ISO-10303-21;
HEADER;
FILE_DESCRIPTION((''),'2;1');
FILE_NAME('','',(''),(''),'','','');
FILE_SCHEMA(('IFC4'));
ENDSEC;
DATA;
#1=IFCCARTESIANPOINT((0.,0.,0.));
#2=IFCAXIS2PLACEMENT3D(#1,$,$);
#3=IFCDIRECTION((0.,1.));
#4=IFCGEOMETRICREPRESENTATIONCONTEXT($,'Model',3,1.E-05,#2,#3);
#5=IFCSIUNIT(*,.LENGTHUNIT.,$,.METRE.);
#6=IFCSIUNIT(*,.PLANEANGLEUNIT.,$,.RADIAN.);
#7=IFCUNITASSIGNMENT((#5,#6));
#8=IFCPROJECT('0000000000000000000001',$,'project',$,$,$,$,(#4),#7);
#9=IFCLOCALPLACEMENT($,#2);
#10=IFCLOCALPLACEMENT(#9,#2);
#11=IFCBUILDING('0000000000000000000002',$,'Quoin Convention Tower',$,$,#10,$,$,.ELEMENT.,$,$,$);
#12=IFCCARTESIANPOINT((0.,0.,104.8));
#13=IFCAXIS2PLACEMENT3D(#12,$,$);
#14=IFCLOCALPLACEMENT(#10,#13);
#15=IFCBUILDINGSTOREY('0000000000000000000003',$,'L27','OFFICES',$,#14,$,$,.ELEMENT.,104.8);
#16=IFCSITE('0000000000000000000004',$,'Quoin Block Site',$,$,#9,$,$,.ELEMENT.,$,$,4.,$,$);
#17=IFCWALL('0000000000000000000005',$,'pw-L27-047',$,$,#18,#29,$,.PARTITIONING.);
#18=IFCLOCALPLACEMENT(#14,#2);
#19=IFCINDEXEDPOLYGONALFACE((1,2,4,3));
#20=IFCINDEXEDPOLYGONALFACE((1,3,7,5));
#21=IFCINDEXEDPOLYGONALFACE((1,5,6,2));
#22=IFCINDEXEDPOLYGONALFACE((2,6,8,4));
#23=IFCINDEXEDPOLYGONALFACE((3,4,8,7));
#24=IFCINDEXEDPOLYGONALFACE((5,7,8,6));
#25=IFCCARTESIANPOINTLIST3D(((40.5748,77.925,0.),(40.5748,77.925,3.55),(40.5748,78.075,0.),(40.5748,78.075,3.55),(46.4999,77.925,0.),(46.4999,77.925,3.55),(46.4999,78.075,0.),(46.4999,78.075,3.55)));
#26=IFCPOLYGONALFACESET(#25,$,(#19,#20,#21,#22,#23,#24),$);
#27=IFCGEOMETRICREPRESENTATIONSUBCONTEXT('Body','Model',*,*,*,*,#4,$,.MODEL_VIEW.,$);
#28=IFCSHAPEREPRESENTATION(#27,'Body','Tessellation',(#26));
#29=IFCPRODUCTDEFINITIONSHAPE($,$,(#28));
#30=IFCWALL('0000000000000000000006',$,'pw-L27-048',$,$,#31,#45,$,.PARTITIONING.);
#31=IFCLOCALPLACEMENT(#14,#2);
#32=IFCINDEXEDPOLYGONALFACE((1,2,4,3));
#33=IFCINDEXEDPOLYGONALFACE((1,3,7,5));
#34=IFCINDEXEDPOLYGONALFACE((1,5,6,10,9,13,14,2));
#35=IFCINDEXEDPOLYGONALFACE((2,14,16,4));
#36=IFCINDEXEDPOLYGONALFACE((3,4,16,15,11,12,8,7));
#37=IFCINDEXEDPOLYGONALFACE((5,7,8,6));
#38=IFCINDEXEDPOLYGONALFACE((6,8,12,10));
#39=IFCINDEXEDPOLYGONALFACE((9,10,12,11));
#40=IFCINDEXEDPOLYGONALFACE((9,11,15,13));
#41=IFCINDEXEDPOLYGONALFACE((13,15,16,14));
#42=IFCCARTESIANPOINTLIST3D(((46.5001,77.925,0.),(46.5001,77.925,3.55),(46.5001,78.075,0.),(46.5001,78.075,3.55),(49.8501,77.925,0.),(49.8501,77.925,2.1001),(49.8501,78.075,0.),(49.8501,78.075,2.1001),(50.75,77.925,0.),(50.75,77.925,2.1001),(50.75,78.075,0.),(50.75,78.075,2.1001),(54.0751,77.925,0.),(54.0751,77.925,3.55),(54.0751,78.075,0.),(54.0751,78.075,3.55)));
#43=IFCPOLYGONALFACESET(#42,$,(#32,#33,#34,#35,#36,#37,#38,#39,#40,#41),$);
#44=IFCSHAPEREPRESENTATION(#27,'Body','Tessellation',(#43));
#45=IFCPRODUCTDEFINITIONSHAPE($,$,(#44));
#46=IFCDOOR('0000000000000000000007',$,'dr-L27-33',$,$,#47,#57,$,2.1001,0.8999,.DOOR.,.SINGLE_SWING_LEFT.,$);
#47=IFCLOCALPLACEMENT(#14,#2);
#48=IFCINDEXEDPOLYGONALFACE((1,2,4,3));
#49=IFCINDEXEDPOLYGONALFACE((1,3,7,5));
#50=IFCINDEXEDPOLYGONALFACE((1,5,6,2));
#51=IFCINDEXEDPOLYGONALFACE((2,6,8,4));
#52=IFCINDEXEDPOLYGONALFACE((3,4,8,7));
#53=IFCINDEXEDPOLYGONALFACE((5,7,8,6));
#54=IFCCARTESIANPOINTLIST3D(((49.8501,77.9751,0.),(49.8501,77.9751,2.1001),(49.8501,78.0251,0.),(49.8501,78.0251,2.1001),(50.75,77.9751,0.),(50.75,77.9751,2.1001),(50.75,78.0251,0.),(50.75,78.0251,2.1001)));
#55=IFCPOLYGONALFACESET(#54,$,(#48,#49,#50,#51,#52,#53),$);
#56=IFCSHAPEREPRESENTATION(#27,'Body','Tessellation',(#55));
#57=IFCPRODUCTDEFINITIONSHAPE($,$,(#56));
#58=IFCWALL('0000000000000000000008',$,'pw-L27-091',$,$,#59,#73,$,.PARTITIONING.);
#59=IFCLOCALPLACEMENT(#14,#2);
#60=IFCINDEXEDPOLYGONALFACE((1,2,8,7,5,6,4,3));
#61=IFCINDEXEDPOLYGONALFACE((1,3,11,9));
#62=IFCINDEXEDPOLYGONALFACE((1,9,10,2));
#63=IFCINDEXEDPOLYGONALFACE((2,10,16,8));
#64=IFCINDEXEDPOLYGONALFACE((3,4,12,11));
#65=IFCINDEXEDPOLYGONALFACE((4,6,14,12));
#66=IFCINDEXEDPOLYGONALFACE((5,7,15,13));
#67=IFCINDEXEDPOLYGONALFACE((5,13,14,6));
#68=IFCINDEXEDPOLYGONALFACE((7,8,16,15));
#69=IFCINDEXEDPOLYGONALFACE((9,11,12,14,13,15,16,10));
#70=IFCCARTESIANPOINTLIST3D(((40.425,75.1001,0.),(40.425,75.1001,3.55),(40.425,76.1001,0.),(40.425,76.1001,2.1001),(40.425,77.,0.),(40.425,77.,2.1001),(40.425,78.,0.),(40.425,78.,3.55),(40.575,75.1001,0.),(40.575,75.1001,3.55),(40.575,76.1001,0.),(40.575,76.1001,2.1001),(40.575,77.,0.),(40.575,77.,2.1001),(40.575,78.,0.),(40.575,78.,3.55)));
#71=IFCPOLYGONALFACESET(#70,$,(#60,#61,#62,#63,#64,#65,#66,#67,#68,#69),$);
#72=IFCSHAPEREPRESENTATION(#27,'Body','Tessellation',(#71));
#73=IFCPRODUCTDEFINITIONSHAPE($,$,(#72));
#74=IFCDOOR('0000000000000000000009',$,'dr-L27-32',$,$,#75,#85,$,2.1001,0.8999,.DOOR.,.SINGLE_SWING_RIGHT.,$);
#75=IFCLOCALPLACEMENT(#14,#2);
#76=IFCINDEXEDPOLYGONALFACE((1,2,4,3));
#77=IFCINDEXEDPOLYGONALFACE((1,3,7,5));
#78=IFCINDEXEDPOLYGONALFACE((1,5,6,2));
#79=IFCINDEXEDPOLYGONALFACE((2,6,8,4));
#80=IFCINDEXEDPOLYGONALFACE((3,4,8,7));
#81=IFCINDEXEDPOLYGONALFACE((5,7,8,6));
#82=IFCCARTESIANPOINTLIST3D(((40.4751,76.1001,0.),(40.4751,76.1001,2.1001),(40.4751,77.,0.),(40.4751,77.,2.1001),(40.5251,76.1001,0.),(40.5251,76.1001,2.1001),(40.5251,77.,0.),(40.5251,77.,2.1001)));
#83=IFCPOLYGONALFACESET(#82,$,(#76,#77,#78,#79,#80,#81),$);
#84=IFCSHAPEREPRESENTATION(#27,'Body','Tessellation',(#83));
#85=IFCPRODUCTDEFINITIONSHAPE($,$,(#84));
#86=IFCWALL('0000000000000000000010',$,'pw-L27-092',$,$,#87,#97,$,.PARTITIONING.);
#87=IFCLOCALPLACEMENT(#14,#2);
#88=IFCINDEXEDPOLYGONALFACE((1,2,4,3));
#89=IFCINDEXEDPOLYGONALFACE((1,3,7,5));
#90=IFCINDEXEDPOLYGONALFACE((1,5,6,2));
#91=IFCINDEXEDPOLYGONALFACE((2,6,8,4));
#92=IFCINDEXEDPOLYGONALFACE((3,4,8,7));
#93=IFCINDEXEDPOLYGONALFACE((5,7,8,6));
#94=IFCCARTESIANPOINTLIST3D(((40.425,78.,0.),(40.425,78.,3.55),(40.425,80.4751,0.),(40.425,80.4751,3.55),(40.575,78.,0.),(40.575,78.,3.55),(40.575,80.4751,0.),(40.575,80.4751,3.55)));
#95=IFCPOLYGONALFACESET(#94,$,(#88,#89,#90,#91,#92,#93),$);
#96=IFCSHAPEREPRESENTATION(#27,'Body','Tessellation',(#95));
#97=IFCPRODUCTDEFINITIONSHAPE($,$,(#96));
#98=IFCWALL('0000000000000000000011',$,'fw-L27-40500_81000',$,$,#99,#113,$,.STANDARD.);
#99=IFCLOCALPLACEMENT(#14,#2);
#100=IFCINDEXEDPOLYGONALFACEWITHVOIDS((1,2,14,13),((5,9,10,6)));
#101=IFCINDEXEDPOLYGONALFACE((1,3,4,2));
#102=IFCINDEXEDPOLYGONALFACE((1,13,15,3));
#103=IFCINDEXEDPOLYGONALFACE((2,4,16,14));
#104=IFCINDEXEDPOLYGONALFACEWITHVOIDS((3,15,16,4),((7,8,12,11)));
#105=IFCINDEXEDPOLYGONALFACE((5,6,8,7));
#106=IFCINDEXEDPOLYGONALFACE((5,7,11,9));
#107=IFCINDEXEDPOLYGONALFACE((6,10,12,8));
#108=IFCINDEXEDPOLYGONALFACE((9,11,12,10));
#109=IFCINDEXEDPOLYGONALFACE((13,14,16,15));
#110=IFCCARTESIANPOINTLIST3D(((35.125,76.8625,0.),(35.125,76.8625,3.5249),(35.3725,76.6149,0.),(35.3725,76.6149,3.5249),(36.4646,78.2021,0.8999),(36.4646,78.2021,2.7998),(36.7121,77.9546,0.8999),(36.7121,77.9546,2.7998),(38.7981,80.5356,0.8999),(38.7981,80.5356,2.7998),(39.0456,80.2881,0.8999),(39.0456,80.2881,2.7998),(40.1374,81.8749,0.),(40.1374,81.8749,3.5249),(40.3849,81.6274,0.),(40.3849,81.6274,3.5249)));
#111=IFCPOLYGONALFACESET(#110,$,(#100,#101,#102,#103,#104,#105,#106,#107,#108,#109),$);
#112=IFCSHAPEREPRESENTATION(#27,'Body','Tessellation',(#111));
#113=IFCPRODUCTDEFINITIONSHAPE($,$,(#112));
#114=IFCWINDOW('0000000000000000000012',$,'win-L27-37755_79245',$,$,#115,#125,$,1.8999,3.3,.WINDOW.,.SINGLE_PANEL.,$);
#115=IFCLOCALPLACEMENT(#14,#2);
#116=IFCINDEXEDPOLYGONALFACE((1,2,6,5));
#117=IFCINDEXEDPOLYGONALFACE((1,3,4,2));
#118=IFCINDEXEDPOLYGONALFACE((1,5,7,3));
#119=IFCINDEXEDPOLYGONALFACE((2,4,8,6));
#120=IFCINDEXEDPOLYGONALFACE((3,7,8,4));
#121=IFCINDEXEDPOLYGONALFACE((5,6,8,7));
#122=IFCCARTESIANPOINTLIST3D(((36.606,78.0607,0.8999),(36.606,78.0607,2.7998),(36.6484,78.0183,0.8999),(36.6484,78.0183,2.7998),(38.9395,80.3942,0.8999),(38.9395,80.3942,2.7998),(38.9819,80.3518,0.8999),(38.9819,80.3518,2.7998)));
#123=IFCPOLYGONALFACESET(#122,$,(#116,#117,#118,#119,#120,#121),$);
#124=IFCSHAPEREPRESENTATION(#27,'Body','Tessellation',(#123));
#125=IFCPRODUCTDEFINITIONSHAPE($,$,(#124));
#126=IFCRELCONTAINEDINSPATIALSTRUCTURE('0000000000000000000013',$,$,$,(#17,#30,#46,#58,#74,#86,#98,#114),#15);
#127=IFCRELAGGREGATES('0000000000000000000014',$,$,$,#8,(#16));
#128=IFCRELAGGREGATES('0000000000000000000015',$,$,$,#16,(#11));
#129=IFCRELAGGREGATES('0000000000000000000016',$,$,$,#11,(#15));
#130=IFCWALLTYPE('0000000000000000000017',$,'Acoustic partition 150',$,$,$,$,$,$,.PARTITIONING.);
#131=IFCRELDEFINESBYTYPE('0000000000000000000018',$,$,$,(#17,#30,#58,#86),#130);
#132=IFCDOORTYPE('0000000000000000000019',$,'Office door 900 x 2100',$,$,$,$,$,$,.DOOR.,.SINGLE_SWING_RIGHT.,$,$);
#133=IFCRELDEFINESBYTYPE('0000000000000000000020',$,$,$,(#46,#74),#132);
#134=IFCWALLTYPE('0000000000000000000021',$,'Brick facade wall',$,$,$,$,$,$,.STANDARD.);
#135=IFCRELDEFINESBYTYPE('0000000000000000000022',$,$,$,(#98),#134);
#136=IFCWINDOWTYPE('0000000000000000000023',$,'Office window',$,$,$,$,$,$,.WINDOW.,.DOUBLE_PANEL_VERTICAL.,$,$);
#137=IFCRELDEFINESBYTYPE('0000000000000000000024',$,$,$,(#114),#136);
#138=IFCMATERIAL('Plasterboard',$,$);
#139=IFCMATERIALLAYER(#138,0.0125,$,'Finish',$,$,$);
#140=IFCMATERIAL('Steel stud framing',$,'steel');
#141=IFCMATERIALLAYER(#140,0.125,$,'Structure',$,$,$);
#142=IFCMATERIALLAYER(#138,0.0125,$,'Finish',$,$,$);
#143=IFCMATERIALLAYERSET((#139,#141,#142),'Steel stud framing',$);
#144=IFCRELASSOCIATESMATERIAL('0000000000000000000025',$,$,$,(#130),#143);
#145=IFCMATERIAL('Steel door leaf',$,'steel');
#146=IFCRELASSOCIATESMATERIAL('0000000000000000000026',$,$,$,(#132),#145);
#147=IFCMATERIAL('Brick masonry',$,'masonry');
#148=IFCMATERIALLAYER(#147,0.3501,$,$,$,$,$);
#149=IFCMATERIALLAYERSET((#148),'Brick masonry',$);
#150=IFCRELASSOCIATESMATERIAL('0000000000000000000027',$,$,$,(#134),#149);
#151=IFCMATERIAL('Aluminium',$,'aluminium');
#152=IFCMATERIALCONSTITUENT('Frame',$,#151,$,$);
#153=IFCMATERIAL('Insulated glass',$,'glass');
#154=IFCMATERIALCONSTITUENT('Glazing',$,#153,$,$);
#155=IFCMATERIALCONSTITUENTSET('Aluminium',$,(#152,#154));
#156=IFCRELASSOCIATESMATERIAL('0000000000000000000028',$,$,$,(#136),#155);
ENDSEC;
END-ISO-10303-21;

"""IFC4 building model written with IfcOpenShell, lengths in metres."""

from ifc_helpers import new_model, si_unit, direction, frame, frame_2d, origin, place, context, subcontext, project, spatial, rectangle, extrude, material, layer, layer_set, constituent, constituent_set, type_object, element, fill, save


model = new_model("IFC4")

# Units and contexts
model_context = context("Model", 3, precision=1e-05, world=origin(), true_north=direction((0.0, 1.0)))
body_context = subcontext(model_context, "Body", "Model", "MODEL_VIEW")
ifc_project = project(units=[si_unit("LENGTHUNIT", "METRE"), si_unit("PLANEANGLEUNIT", "RADIAN")], contexts=[model_context])

# Site, building, storey
site_placement = place(None, origin())
site = spatial("IfcSite", under=ifc_project, at=site_placement, Name="Quoin Block Site", CompositionType="ELEMENT", RefElevation=4.0)
building_placement = place(site_placement, origin())
building = spatial("IfcBuilding", under=site, at=building_placement, Name="Quoin Convention Tower", CompositionType="ELEMENT")
storey_placement = place(building_placement, frame((0.0, 0.0, 104.8)))
storey = spatial("IfcBuildingStorey", under=building, at=storey_placement, Name="L27", Description="OFFICES", CompositionType="ELEMENT", Elevation=104.8)

# Wall
ifc_material_1 = material(Name="Plasterboard")
ifc_layer_1 = layer(ifc_material_1, 0.0125, Name="Finish")
ifc_material_2 = material(Name="Steel stud framing", Category="steel")
ifc_layer_2 = layer(ifc_material_2, 0.125, Name="Structure")
ifc_layer_3 = layer(ifc_material_1, 0.0125, Name="Finish")
ifc_layer_set_1 = layer_set([ifc_layer_1, ifc_layer_2, ifc_layer_3], Name="Steel stud framing")
wall_type_1 = type_object("IfcWallType", Name="Acoustic partition 150", PredefinedType="PARTITIONING", material=ifc_layer_set_1)
wall_1_placement = place(storey_placement, frame((40.575, 78.0, 0.0), z_axis=(0.0, 0.0, 1.0), x_axis=(1.0, 0.0, 0.0)))
element("IfcWall", 1, at=wall_1_placement, inside=storey, type_object=wall_type_1, Name="pw-L27-047", PredefinedType="PARTITIONING", context=body_context, shape_type="SweptSolid", body=[
    extrude(rectangle(XDim=5.925, YDim=0.1499, at=frame_2d((2.9624, 0.0))), origin(), (0.0, 0.0, 1.0), 3.55),
])

# Walls, openings, doors
wall_2_placement = place(storey_placement, frame((46.5, 78.0, 0.0), z_axis=(0.0, 0.0, 1.0), x_axis=(1.0, 0.0, 0.0)))
wall_2 = element("IfcWall", 2, at=wall_2_placement, inside=storey, type_object=wall_type_1, Name="pw-L27-048", PredefinedType="PARTITIONING", context=body_context, shape_type="SweptSolid", body=[
    extrude(rectangle(XDim=7.575, YDim=0.1499, at=frame_2d((3.7876, 0.0))), origin(), (0.0, 0.0, 1.0), 3.55),
])
opening_1_placement = place(wall_2_placement, frame((3.3501, 0.0, 0.0)))
opening_1 = element("IfcOpeningElement", 3, at=opening_1_placement, cuts=wall_2, PredefinedType="OPENING", context=body_context, shape_type="SweptSolid", body=[
    extrude(rectangle(XDim=0.8999, YDim=2.1001, at=frame_2d((0.45, 1.05))), frame((0.0, 0.085, 0.0), z_axis=(0.0, -1.0, 0.0), x_axis=(1.0, 0.0, 0.0)), (0.0, 0.0, 1.0), 0.1699),
])
ifc_material_3 = material(Name="Steel door leaf", Category="steel")
door_type_1 = type_object("IfcDoorType", Name="Office door 900 x 2100", OperationType="SINGLE_SWING_RIGHT", PredefinedType="DOOR", material=ifc_material_3)
door_1_placement = place(opening_1_placement, frame((0.8999, 0.0, 0.0), z_axis=(0.0, 0.0, 1.0), x_axis=(-1.0, 0.0, 0.0)))
door_1 = element("IfcDoor", 4, at=door_1_placement, inside=storey, type_object=door_type_1, Name="dr-L27-33", OperationType="SINGLE_SWING_LEFT", OverallHeight=2.1001, OverallWidth=0.8999, PredefinedType="DOOR", context=body_context, shape_type="SweptSolid", body=[
    extrude(rectangle(XDim=0.8999, YDim=2.1001, at=frame_2d((0.45, 1.05))), frame((0.0, 0.0249, 0.0), z_axis=(0.0, -1.0, 0.0), x_axis=(1.0, 0.0, 0.0)), (0.0, 0.0, 1.0), 0.05),
])
fill(opening_1, door_1)
wall_3_placement = place(storey_placement, frame((40.5, 75.1001, 0.0), z_axis=(0.0, 0.0, 1.0), x_axis=(0.0, 1.0, 0.0)))
wall_3 = element("IfcWall", 5, at=wall_3_placement, inside=storey, type_object=wall_type_1, Name="pw-L27-091", PredefinedType="PARTITIONING", context=body_context, shape_type="SweptSolid", body=[
    extrude(rectangle(XDim=2.8999, YDim=0.1499, at=frame_2d((1.45, 0.0))), origin(), (0.0, 0.0, 1.0), 3.55),
])
opening_2_placement = place(wall_3_placement, frame((1.0, 0.0, 0.0)))
opening_2 = element("IfcOpeningElement", 6, at=opening_2_placement, cuts=wall_3, PredefinedType="OPENING", context=body_context, shape_type="SweptSolid", body=[
    extrude(rectangle(XDim=0.8999, YDim=2.1001, at=frame_2d((0.45, 1.05))), frame((0.0, 0.085, 0.0), z_axis=(0.0, -1.0, 0.0), x_axis=(1.0, 0.0, 0.0)), (0.0, 0.0, 1.0), 0.1699),
])
door_2_placement = place(opening_2_placement, origin())
door_2 = element("IfcDoor", 7, at=door_2_placement, inside=storey, type_object=door_type_1, Name="dr-L27-32", OperationType="SINGLE_SWING_RIGHT", OverallHeight=2.1001, OverallWidth=0.8999, PredefinedType="DOOR", context=body_context, shape_type="SweptSolid", body=[
    extrude(rectangle(XDim=0.8999, YDim=2.1001, at=frame_2d((0.45, 1.05))), frame((0.0, 0.0249, 0.0), z_axis=(0.0, -1.0, 0.0), x_axis=(1.0, 0.0, 0.0)), (0.0, 0.0, 1.0), 0.05),
])
fill(opening_2, door_2)

# Wall
wall_4_placement = place(storey_placement, frame((40.5, 78.0, 0.0), z_axis=(0.0, 0.0, 1.0), x_axis=(0.0, 1.0, 0.0)))
element("IfcWall", 8, at=wall_4_placement, inside=storey, type_object=wall_type_1, Name="pw-L27-092", PredefinedType="PARTITIONING", context=body_context, shape_type="SweptSolid", body=[
    extrude(rectangle(XDim=2.4751, YDim=0.1499, at=frame_2d((1.2375, 0.0))), origin(), (0.0, 0.0, 1.0), 3.55),
])

# Wall, opening, window
ifc_material_4 = material(Name="Brick masonry", Category="masonry")
ifc_layer_4 = layer(ifc_material_4, 0.3501)
ifc_layer_set_2 = layer_set([ifc_layer_4], Name="Brick masonry")
wall_type_2 = type_object("IfcWallType", Name="Brick facade wall", PredefinedType="STANDARD", material=ifc_layer_set_2)
wall_5_placement = place(storey_placement, frame((40.2612, 81.7512, 0.0), z_axis=(0.0, 0.0, 1.0), x_axis=(-0.707107, -0.707107, 0.0)))
wall_5 = element("IfcWall", 9, at=wall_5_placement, inside=storey, type_object=wall_type_2, Name="fw-L27-40500_81000", PredefinedType="STANDARD", context=body_context, shape_type="SweptSolid", body=[
    extrude(rectangle(XDim=7.0886, YDim=0.3501, at=frame_2d((3.5444, 0.0))), origin(), (0.0, 0.0, 1.0), 3.5249),
])
opening_3_placement = place(wall_5_placement, frame((1.8943, 0.0, 0.8999)))
opening_3 = element("IfcOpeningElement", 10, at=opening_3_placement, cuts=wall_5, PredefinedType="OPENING", context=body_context, shape_type="SweptSolid", body=[
    extrude(rectangle(XDim=3.3, YDim=1.8999, at=frame_2d((1.6499, 0.95))), frame((0.0, 0.1851, 0.0), z_axis=(0.0, -1.0, 0.0), x_axis=(1.0, 0.0, 0.0)), (0.0, 0.0, 1.0), 0.3701),
])
ifc_material_5 = material(Name="Aluminium", Category="aluminium")
ifc_constituent_1 = constituent(ifc_material_5, Name="Frame")
ifc_material_6 = material(Name="Insulated glass", Category="glass")
ifc_constituent_2 = constituent(ifc_material_6, Name="Glazing")
ifc_constituent_set = constituent_set(constituents=[ifc_constituent_1, ifc_constituent_2], Name="Aluminium")
window_type = type_object("IfcWindowType", Name="Office window", PartitioningType="DOUBLE_PANEL_VERTICAL", PredefinedType="WINDOW", material=ifc_constituent_set)
window_placement = place(opening_3_placement, origin())
window = element("IfcWindow", 11, at=window_placement, inside=storey, type_object=window_type, Name="win-L27-37755_79245", OverallHeight=1.8999, OverallWidth=3.3, PartitioningType="SINGLE_PANEL", PredefinedType="WINDOW", context=body_context, shape_type="SweptSolid", body=[
    extrude(rectangle(XDim=3.3, YDim=1.8999, at=frame_2d((1.6499, 0.95))), frame((0.0, 0.085, 0.0), z_axis=(0.0, -1.0, 0.0), x_axis=(1.0, 0.0, 0.0)), (0.0, 0.0, 1.0), 0.0601),
])
fill(opening_3, window)

save(model, "model.ifc")
